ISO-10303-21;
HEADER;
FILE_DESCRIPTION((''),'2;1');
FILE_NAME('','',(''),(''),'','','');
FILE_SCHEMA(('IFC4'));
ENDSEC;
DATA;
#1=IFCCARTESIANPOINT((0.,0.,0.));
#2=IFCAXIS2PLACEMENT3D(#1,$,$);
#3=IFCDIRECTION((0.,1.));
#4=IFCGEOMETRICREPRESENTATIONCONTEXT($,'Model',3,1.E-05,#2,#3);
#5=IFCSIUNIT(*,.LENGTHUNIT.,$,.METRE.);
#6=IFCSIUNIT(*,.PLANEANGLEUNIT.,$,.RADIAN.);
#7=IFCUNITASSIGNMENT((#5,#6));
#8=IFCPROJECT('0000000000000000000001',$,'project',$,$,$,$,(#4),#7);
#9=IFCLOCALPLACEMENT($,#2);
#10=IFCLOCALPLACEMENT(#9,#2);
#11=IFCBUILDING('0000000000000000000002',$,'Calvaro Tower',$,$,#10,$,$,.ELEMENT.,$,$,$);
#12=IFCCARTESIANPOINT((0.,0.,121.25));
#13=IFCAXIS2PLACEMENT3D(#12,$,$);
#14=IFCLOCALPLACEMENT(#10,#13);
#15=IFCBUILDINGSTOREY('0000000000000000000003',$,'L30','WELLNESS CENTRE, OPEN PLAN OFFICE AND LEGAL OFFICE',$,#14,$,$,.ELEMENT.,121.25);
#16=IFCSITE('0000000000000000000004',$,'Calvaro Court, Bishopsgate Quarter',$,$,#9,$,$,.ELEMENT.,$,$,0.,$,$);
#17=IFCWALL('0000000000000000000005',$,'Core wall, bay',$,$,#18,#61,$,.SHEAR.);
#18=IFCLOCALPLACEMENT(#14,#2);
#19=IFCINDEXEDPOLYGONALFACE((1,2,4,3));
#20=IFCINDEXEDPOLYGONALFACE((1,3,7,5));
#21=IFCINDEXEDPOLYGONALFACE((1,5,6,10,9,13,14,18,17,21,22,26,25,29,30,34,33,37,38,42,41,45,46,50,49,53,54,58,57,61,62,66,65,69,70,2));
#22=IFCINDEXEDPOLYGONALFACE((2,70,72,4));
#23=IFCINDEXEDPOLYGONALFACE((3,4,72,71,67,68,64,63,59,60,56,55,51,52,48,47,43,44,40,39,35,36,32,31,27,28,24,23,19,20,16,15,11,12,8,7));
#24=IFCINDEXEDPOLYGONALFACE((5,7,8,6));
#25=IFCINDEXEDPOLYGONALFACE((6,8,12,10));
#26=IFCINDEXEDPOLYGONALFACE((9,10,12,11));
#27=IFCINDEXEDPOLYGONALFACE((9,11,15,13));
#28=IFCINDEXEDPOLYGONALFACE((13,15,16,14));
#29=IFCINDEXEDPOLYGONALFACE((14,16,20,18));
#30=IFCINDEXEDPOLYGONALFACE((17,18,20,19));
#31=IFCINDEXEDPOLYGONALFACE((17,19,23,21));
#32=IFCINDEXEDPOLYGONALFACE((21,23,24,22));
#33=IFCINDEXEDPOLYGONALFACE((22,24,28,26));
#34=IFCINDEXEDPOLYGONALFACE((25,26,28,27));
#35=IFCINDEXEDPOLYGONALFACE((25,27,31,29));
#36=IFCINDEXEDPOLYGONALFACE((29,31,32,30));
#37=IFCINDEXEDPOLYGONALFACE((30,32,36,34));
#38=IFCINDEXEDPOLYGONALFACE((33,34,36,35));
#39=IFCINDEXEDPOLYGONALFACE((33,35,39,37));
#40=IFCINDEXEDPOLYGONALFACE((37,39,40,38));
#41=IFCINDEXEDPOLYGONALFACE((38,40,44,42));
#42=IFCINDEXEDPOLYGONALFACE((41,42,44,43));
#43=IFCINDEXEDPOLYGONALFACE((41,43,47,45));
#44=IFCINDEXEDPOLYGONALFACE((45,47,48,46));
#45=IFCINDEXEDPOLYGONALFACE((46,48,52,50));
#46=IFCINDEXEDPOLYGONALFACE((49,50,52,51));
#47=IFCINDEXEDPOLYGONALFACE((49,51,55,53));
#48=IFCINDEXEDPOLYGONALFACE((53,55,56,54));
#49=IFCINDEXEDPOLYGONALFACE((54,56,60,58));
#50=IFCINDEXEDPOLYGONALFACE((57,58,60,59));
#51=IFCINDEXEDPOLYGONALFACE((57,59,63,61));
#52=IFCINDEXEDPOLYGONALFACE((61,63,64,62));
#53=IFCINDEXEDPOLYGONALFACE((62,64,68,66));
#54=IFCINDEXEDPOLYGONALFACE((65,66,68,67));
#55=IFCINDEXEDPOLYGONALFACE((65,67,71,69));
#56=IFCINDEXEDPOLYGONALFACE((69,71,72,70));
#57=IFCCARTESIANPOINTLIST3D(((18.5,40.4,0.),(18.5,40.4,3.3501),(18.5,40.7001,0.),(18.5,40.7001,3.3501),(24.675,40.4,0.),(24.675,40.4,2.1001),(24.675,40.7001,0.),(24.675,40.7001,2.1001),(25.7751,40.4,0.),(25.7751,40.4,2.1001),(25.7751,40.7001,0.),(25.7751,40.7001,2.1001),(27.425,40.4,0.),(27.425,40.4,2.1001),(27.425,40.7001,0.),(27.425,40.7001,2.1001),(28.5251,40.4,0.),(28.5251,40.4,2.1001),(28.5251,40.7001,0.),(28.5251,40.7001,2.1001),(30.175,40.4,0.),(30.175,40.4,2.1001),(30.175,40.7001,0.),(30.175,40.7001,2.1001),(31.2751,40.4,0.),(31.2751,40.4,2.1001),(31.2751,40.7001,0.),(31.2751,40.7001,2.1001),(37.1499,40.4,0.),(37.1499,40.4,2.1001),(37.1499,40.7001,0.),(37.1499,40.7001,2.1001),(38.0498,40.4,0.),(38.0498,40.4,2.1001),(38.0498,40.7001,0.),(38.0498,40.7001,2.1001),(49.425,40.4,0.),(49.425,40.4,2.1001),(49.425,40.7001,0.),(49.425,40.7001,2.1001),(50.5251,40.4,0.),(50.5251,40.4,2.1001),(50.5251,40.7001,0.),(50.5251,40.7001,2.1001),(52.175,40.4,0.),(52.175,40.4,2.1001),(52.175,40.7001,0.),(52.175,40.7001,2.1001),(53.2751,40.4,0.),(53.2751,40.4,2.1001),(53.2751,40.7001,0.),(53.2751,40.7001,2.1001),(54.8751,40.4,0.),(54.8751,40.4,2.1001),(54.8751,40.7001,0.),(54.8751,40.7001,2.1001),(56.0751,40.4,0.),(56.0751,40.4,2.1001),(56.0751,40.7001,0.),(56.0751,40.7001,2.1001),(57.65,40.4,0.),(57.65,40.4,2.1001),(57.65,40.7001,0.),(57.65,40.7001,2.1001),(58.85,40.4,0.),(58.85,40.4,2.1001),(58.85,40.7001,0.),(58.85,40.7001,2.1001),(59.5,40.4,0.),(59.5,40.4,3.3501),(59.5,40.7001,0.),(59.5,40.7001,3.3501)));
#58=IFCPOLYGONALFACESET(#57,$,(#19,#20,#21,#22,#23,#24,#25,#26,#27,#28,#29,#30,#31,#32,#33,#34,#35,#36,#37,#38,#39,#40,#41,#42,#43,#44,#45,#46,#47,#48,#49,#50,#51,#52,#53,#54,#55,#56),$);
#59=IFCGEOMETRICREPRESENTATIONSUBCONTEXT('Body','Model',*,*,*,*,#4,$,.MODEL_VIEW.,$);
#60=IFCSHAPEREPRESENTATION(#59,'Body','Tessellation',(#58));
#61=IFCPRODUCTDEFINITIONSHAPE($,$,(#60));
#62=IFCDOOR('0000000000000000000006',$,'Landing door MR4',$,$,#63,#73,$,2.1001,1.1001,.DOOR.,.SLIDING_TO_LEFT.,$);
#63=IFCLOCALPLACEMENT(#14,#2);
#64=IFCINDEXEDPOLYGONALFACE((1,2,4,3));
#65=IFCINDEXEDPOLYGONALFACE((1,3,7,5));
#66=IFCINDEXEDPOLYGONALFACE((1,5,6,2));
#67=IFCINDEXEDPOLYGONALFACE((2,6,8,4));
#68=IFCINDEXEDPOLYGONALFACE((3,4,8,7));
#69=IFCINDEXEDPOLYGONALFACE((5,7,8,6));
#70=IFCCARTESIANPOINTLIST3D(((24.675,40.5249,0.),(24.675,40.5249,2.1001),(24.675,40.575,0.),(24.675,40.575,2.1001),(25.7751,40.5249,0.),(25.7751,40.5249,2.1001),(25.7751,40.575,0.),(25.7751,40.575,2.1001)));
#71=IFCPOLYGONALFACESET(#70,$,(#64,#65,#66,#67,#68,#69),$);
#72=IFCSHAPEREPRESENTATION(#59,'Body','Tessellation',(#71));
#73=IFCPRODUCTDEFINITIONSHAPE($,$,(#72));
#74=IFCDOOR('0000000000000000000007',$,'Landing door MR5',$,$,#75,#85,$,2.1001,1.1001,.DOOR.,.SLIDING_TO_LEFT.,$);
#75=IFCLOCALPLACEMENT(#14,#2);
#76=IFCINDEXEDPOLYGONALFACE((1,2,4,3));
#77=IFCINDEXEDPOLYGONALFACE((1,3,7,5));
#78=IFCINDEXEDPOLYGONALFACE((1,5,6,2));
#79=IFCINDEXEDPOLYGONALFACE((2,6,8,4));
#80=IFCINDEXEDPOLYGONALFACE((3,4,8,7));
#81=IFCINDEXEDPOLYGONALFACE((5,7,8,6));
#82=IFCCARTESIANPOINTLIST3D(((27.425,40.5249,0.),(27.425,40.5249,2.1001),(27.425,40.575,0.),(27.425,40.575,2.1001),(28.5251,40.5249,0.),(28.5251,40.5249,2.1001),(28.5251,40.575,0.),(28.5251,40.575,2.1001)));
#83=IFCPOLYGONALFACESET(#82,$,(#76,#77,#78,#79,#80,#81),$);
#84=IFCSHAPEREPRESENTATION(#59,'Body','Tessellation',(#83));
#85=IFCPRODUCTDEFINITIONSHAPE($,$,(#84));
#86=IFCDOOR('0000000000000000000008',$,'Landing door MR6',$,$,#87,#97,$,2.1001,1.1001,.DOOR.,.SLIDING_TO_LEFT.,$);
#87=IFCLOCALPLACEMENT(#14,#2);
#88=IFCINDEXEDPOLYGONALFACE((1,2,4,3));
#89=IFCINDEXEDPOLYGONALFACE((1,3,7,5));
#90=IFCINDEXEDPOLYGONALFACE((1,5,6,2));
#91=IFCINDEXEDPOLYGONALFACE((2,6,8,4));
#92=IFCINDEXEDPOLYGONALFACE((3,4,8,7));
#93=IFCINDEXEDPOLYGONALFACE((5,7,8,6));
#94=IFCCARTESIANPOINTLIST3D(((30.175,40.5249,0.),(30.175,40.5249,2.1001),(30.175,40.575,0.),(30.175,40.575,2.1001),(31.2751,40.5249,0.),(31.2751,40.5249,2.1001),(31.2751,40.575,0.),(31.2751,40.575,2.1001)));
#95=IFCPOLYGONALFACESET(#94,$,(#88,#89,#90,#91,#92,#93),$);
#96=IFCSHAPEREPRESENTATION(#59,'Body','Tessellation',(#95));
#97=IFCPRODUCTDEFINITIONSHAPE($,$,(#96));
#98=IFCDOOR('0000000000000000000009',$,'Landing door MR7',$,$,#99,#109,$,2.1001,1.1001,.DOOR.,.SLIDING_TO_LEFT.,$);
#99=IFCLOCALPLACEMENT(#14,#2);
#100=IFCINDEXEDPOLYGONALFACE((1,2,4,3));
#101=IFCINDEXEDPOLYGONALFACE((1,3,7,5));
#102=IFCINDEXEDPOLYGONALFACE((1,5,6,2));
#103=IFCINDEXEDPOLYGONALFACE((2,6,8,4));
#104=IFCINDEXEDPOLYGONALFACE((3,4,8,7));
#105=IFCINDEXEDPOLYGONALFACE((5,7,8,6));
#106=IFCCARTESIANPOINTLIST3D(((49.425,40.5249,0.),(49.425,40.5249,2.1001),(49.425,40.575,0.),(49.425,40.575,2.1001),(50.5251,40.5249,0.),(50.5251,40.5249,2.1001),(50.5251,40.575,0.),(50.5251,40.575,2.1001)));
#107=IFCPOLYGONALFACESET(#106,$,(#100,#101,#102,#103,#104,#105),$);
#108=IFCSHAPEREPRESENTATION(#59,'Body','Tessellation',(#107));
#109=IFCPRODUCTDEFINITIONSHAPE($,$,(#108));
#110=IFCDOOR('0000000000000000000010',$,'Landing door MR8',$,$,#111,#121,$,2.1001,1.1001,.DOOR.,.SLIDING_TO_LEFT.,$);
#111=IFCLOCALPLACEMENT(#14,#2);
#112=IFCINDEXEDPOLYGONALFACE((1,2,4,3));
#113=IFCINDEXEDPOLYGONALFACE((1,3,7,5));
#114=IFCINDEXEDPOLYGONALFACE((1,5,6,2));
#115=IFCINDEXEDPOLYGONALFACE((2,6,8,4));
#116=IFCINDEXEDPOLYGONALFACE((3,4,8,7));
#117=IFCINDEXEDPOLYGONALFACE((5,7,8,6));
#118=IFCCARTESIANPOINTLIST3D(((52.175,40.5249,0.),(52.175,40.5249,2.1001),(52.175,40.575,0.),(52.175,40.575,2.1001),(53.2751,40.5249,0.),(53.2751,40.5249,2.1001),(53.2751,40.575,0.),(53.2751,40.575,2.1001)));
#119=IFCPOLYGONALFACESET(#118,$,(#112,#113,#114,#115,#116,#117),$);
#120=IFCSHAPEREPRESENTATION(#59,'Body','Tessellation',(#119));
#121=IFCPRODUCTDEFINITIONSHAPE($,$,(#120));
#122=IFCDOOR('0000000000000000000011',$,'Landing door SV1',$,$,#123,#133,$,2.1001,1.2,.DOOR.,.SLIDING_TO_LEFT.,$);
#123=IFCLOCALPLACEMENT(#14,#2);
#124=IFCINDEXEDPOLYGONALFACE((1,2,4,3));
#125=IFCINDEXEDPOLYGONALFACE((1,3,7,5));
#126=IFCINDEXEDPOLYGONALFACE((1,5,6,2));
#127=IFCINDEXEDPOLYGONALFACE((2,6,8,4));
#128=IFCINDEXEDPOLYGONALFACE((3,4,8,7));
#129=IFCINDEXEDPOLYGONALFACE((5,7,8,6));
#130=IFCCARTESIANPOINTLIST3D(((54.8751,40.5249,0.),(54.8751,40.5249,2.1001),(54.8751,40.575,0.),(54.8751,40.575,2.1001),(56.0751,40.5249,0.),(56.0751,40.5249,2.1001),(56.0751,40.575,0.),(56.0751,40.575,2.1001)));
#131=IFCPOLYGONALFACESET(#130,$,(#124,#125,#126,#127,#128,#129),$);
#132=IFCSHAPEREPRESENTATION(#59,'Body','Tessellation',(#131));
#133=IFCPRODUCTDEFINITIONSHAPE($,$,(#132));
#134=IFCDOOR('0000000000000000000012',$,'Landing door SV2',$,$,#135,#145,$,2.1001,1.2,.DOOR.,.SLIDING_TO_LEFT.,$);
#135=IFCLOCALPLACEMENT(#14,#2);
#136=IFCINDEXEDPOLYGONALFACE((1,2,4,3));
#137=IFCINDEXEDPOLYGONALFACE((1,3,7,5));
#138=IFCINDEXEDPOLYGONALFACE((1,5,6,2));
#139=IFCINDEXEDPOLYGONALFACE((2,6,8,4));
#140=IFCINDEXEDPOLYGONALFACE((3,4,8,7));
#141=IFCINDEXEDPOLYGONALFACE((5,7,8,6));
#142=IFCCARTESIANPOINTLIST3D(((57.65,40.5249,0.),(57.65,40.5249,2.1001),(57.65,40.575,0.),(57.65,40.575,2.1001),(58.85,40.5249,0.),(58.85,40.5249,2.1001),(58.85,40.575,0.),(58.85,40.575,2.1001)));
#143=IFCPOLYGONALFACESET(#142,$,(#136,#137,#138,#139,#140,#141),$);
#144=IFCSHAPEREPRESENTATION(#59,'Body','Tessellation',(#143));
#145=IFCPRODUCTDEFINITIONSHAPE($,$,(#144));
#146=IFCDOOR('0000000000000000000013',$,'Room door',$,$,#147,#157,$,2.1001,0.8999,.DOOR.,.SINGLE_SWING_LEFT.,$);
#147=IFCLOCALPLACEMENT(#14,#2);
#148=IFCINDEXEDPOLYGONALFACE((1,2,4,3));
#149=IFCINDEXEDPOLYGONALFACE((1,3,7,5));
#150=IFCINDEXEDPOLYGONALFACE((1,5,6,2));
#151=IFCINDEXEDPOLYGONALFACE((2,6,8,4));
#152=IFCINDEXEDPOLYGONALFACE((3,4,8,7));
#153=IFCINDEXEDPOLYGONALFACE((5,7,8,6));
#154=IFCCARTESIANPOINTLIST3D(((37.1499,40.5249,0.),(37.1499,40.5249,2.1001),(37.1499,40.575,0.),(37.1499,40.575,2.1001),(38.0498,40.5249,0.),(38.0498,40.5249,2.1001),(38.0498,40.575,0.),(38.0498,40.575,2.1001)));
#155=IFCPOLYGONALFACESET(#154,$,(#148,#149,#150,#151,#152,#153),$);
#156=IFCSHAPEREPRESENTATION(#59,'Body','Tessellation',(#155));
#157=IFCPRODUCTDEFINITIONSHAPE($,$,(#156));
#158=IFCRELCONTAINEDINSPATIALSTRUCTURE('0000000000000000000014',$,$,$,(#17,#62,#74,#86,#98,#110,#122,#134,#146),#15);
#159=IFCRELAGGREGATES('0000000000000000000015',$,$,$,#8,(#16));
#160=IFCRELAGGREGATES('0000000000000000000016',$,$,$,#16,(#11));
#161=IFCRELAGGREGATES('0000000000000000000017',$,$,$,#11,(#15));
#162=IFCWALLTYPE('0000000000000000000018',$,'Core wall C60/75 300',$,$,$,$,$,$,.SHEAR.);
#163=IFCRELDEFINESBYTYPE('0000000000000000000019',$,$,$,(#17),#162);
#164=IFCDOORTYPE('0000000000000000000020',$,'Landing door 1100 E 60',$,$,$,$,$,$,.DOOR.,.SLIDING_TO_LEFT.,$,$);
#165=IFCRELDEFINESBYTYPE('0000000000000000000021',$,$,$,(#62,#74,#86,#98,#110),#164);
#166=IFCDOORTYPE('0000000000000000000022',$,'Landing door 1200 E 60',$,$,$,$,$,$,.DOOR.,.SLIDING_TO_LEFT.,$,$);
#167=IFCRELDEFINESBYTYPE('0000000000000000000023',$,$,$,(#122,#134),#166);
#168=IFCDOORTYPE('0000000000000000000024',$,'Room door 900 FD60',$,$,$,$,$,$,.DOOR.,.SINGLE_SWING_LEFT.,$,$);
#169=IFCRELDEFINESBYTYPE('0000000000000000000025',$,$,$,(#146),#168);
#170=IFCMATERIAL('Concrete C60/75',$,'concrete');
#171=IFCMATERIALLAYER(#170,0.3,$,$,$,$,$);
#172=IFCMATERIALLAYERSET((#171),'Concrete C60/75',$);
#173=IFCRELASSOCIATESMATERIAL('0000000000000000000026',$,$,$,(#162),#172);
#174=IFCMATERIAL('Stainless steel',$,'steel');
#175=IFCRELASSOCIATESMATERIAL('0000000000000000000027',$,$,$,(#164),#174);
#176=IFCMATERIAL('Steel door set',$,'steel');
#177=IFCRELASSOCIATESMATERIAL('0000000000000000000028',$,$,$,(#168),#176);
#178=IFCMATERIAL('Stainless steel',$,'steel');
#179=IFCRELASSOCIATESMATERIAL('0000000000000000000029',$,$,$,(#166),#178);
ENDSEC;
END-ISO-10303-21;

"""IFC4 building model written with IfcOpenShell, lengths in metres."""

from ifc_helpers import new_model, si_unit, direction, frame, frame_2d, origin, place, context, subcontext, project, spatial, rectangle, extrude, material, layer, layer_set, type_object, element, fill, save


model = new_model("IFC4")

# Units and contexts
model_context = context("Model", 3, precision=1e-05, world=origin(), true_north=direction((0.0, 1.0)))
body_context = subcontext(model_context, "Body", "Model", "MODEL_VIEW")
ifc_project = project(units=[si_unit("LENGTHUNIT", "METRE"), si_unit("PLANEANGLEUNIT", "RADIAN")], contexts=[model_context])

# Site, building, storey
site_placement = place(None, origin())
site = spatial("IfcSite", under=ifc_project, at=site_placement, Name="Calvaro Court, Bishopsgate Quarter", CompositionType="ELEMENT", RefElevation=0.0)
building_placement = place(site_placement, origin())
building = spatial("IfcBuilding", under=site, at=building_placement, Name="Calvaro Tower", CompositionType="ELEMENT")
storey_placement = place(building_placement, frame((0.0, 0.0, 121.25)))
storey = spatial("IfcBuildingStorey", under=building, at=storey_placement, Name="L30", Description="WELLNESS CENTRE, OPEN PLAN OFFICE AND LEGAL OFFICE", CompositionType="ELEMENT", Elevation=121.25)

# Shared definitions
ifc_material_1 = material(Name="Concrete C60/75", Category="concrete")
ifc_layer_1 = layer(ifc_material_1, 0.3)
ifc_layer_set_1 = layer_set([ifc_layer_1], Name="Concrete C60/75")
wall_type_1 = type_object("IfcWallType", Name="Core wall C60/75 300", PredefinedType="SHEAR", material=ifc_layer_set_1)
ifc_material_2 = material(Name="Stainless steel", Category="steel")
door_type_1 = type_object("IfcDoorType", Name="Landing door 1100 E 60", OperationType="SLIDING_TO_LEFT", PredefinedType="DOOR", material=ifc_material_2)
ifc_material_3 = material(Name="Steel door set", Category="steel")
door_type_2 = type_object("IfcDoorType", Name="Room door 900 FD60", OperationType="SINGLE_SWING_LEFT", PredefinedType="DOOR", material=ifc_material_3)

# Wall, openings, doors
wall_1_placement = place(storey_placement, frame((18.5, 40.55, 0.0), z_axis=(0.0, 0.0, 1.0), x_axis=(1.0, 0.0, 0.0)))
wall_1 = element("IfcWall", 1, at=wall_1_placement, inside=storey, type_object=wall_type_1, Name="Core wall, bay", PredefinedType="SHEAR", context=body_context, shape_type="SweptSolid", body=[
    extrude(rectangle(XDim=41.0, YDim=0.3, at=frame_2d((20.5, 0.0))), origin(), (0.0, 0.0, 1.0), 3.3501),
])
opening_1_placement = place(wall_1_placement, frame((18.6499, 0.0, 0.0)))
opening_1 = element("IfcOpeningElement", 2, at=opening_1_placement, cuts=wall_1, PredefinedType="OPENING", context=body_context, shape_type="SweptSolid", body=[
    extrude(rectangle(XDim=0.8999, YDim=2.1001, at=frame_2d((0.45, 1.05))), frame((0.0, 0.1599, 0.0), z_axis=(0.0, -1.0, 0.0), x_axis=(1.0, 0.0, 0.0)), (0.0, 0.0, 1.0), 0.3201),
])
opening_2_placement = place(wall_1_placement, frame((6.175, 0.0, 0.0)))
opening_2 = element("IfcOpeningElement", 3, at=opening_2_placement, cuts=wall_1, PredefinedType="OPENING", context=body_context, shape_type="SweptSolid", body=[
    extrude(rectangle(XDim=1.1001, YDim=2.1001, at=frame_2d((0.55, 1.05))), frame((0.0, 0.1599, 0.0), z_axis=(0.0, -1.0, 0.0), x_axis=(1.0, 0.0, 0.0)), (0.0, 0.0, 1.0), 0.3201),
])
opening_3_placement = place(wall_1_placement, frame((8.925, 0.0, 0.0)))
opening_3 = element("IfcOpeningElement", 4, at=opening_3_placement, cuts=wall_1, PredefinedType="OPENING", context=body_context, shape_type="SweptSolid", body=[
    extrude(rectangle(XDim=1.1001, YDim=2.1001, at=frame_2d((0.55, 1.05))), frame((0.0, 0.1599, 0.0), z_axis=(0.0, -1.0, 0.0), x_axis=(1.0, 0.0, 0.0)), (0.0, 0.0, 1.0), 0.3201),
])
opening_4_placement = place(wall_1_placement, frame((11.675, 0.0, 0.0)))
opening_4 = element("IfcOpeningElement", 5, at=opening_4_placement, cuts=wall_1, PredefinedType="OPENING", context=body_context, shape_type="SweptSolid", body=[
    extrude(rectangle(XDim=1.1001, YDim=2.1001, at=frame_2d((0.55, 1.05))), frame((0.0, 0.1599, 0.0), z_axis=(0.0, -1.0, 0.0), x_axis=(1.0, 0.0, 0.0)), (0.0, 0.0, 1.0), 0.3201),
])
opening_5_placement = place(wall_1_placement, frame((30.925, 0.0, 0.0)))
opening_5 = element("IfcOpeningElement", 6, at=opening_5_placement, cuts=wall_1, PredefinedType="OPENING", context=body_context, shape_type="SweptSolid", body=[
    extrude(rectangle(XDim=1.1001, YDim=2.1001, at=frame_2d((0.55, 1.05))), frame((0.0, 0.1599, 0.0), z_axis=(0.0, -1.0, 0.0), x_axis=(1.0, 0.0, 0.0)), (0.0, 0.0, 1.0), 0.3201),
])
opening_6_placement = place(wall_1_placement, frame((33.675, 0.0, 0.0)))
opening_6 = element("IfcOpeningElement", 7, at=opening_6_placement, cuts=wall_1, PredefinedType="OPENING", context=body_context, shape_type="SweptSolid", body=[
    extrude(rectangle(XDim=1.1001, YDim=2.1001, at=frame_2d((0.55, 1.05))), frame((0.0, 0.1599, 0.0), z_axis=(0.0, -1.0, 0.0), x_axis=(1.0, 0.0, 0.0)), (0.0, 0.0, 1.0), 0.3201),
])
opening_7_placement = place(wall_1_placement, frame((36.375, 0.0, 0.0)))
opening_7 = element("IfcOpeningElement", 8, at=opening_7_placement, cuts=wall_1, PredefinedType="OPENING", context=body_context, shape_type="SweptSolid", body=[
    extrude(rectangle(XDim=1.2, YDim=2.1001, at=frame_2d((0.6001, 1.05))), frame((0.0, 0.1599, 0.0), z_axis=(0.0, -1.0, 0.0), x_axis=(1.0, 0.0, 0.0)), (0.0, 0.0, 1.0), 0.3201),
])
opening_8_placement = place(wall_1_placement, frame((39.1499, 0.0, 0.0)))
opening_8 = element("IfcOpeningElement", 9, at=opening_8_placement, cuts=wall_1, PredefinedType="OPENING", context=body_context, shape_type="SweptSolid", body=[
    extrude(rectangle(XDim=1.2, YDim=2.1001, at=frame_2d((0.6001, 1.05))), frame((0.0, 0.1599, 0.0), z_axis=(0.0, -1.0, 0.0), x_axis=(1.0, 0.0, 0.0)), (0.0, 0.0, 1.0), 0.3201),
])
door_1_placement = place(opening_2_placement, origin())
door_1 = element("IfcDoor", 10, at=door_1_placement, inside=storey, type_object=door_type_1, Name="Landing door MR4", OperationType="SLIDING_TO_LEFT", OverallHeight=2.1001, OverallWidth=1.1001, PredefinedType="DOOR", context=body_context, shape_type="SweptSolid", body=[
    extrude(rectangle(XDim=1.1001, YDim=2.1001, at=frame_2d((0.55, 1.05))), frame((0.0, 0.0249, 0.0), z_axis=(0.0, -1.0, 0.0), x_axis=(1.0, 0.0, 0.0)), (0.0, 0.0, 1.0), 0.05),
])
fill(opening_2, door_1)
door_2_placement = place(opening_3_placement, origin())
door_2 = element("IfcDoor", 11, at=door_2_placement, inside=storey, type_object=door_type_1, Name="Landing door MR5", OperationType="SLIDING_TO_LEFT", OverallHeight=2.1001, OverallWidth=1.1001, PredefinedType="DOOR", context=body_context, shape_type="SweptSolid", body=[
    extrude(rectangle(XDim=1.1001, YDim=2.1001, at=frame_2d((0.55, 1.05))), frame((0.0, 0.0249, 0.0), z_axis=(0.0, -1.0, 0.0), x_axis=(1.0, 0.0, 0.0)), (0.0, 0.0, 1.0), 0.05),
])
fill(opening_3, door_2)
door_3_placement = place(opening_4_placement, origin())
door_3 = element("IfcDoor", 12, at=door_3_placement, inside=storey, type_object=door_type_1, Name="Landing door MR6", OperationType="SLIDING_TO_LEFT", OverallHeight=2.1001, OverallWidth=1.1001, PredefinedType="DOOR", context=body_context, shape_type="SweptSolid", body=[
    extrude(rectangle(XDim=1.1001, YDim=2.1001, at=frame_2d((0.55, 1.05))), frame((0.0, 0.0249, 0.0), z_axis=(0.0, -1.0, 0.0), x_axis=(1.0, 0.0, 0.0)), (0.0, 0.0, 1.0), 0.05),
])
fill(opening_4, door_3)
door_4_placement = place(opening_5_placement, origin())
door_4 = element("IfcDoor", 13, at=door_4_placement, inside=storey, type_object=door_type_1, Name="Landing door MR7", OperationType="SLIDING_TO_LEFT", OverallHeight=2.1001, OverallWidth=1.1001, PredefinedType="DOOR", context=body_context, shape_type="SweptSolid", body=[
    extrude(rectangle(XDim=1.1001, YDim=2.1001, at=frame_2d((0.55, 1.05))), frame((0.0, 0.0249, 0.0), z_axis=(0.0, -1.0, 0.0), x_axis=(1.0, 0.0, 0.0)), (0.0, 0.0, 1.0), 0.05),
])
fill(opening_5, door_4)
door_5_placement = place(opening_6_placement, origin())
door_5 = element("IfcDoor", 14, at=door_5_placement, inside=storey, type_object=door_type_1, Name="Landing door MR8", OperationType="SLIDING_TO_LEFT", OverallHeight=2.1001, OverallWidth=1.1001, PredefinedType="DOOR", context=body_context, shape_type="SweptSolid", body=[
    extrude(rectangle(XDim=1.1001, YDim=2.1001, at=frame_2d((0.55, 1.05))), frame((0.0, 0.0249, 0.0), z_axis=(0.0, -1.0, 0.0), x_axis=(1.0, 0.0, 0.0)), (0.0, 0.0, 1.0), 0.05),
])
fill(opening_6, door_5)
ifc_material_4 = material(Name="Stainless steel", Category="steel")
door_type_3 = type_object("IfcDoorType", Name="Landing door 1200 E 60", OperationType="SLIDING_TO_LEFT", PredefinedType="DOOR", material=ifc_material_4)
door_6_placement = place(opening_7_placement, origin())
door_6 = element("IfcDoor", 15, at=door_6_placement, inside=storey, type_object=door_type_3, Name="Landing door SV1", OperationType="SLIDING_TO_LEFT", OverallHeight=2.1001, OverallWidth=1.2, PredefinedType="DOOR", context=body_context, shape_type="SweptSolid", body=[
    extrude(rectangle(XDim=1.2, YDim=2.1001, at=frame_2d((0.6001, 1.05))), frame((0.0, 0.0249, 0.0), z_axis=(0.0, -1.0, 0.0), x_axis=(1.0, 0.0, 0.0)), (0.0, 0.0, 1.0), 0.05),
])
fill(opening_7, door_6)
door_7_placement = place(opening_8_placement, origin())
door_7 = element("IfcDoor", 16, at=door_7_placement, inside=storey, type_object=door_type_3, Name="Landing door SV2", OperationType="SLIDING_TO_LEFT", OverallHeight=2.1001, OverallWidth=1.2, PredefinedType="DOOR", context=body_context, shape_type="SweptSolid", body=[
    extrude(rectangle(XDim=1.2, YDim=2.1001, at=frame_2d((0.6001, 1.05))), frame((0.0, 0.0249, 0.0), z_axis=(0.0, -1.0, 0.0), x_axis=(1.0, 0.0, 0.0)), (0.0, 0.0, 1.0), 0.05),
])
fill(opening_8, door_7)
door_8_placement = place(opening_1_placement, origin())
door_8 = element("IfcDoor", 17, at=door_8_placement, inside=storey, type_object=door_type_2, Name="Room door", OperationType="SINGLE_SWING_LEFT", OverallHeight=2.1001, OverallWidth=0.8999, PredefinedType="DOOR", context=body_context, shape_type="SweptSolid", body=[
    extrude(rectangle(XDim=0.8999, YDim=2.1001, at=frame_2d((0.45, 1.05))), frame((0.0, 0.0249, 0.0), z_axis=(0.0, -1.0, 0.0), x_axis=(1.0, 0.0, 0.0)), (0.0, 0.0, 1.0), 0.05),
])
fill(opening_1, door_8)

save(model, "model.ifc")
